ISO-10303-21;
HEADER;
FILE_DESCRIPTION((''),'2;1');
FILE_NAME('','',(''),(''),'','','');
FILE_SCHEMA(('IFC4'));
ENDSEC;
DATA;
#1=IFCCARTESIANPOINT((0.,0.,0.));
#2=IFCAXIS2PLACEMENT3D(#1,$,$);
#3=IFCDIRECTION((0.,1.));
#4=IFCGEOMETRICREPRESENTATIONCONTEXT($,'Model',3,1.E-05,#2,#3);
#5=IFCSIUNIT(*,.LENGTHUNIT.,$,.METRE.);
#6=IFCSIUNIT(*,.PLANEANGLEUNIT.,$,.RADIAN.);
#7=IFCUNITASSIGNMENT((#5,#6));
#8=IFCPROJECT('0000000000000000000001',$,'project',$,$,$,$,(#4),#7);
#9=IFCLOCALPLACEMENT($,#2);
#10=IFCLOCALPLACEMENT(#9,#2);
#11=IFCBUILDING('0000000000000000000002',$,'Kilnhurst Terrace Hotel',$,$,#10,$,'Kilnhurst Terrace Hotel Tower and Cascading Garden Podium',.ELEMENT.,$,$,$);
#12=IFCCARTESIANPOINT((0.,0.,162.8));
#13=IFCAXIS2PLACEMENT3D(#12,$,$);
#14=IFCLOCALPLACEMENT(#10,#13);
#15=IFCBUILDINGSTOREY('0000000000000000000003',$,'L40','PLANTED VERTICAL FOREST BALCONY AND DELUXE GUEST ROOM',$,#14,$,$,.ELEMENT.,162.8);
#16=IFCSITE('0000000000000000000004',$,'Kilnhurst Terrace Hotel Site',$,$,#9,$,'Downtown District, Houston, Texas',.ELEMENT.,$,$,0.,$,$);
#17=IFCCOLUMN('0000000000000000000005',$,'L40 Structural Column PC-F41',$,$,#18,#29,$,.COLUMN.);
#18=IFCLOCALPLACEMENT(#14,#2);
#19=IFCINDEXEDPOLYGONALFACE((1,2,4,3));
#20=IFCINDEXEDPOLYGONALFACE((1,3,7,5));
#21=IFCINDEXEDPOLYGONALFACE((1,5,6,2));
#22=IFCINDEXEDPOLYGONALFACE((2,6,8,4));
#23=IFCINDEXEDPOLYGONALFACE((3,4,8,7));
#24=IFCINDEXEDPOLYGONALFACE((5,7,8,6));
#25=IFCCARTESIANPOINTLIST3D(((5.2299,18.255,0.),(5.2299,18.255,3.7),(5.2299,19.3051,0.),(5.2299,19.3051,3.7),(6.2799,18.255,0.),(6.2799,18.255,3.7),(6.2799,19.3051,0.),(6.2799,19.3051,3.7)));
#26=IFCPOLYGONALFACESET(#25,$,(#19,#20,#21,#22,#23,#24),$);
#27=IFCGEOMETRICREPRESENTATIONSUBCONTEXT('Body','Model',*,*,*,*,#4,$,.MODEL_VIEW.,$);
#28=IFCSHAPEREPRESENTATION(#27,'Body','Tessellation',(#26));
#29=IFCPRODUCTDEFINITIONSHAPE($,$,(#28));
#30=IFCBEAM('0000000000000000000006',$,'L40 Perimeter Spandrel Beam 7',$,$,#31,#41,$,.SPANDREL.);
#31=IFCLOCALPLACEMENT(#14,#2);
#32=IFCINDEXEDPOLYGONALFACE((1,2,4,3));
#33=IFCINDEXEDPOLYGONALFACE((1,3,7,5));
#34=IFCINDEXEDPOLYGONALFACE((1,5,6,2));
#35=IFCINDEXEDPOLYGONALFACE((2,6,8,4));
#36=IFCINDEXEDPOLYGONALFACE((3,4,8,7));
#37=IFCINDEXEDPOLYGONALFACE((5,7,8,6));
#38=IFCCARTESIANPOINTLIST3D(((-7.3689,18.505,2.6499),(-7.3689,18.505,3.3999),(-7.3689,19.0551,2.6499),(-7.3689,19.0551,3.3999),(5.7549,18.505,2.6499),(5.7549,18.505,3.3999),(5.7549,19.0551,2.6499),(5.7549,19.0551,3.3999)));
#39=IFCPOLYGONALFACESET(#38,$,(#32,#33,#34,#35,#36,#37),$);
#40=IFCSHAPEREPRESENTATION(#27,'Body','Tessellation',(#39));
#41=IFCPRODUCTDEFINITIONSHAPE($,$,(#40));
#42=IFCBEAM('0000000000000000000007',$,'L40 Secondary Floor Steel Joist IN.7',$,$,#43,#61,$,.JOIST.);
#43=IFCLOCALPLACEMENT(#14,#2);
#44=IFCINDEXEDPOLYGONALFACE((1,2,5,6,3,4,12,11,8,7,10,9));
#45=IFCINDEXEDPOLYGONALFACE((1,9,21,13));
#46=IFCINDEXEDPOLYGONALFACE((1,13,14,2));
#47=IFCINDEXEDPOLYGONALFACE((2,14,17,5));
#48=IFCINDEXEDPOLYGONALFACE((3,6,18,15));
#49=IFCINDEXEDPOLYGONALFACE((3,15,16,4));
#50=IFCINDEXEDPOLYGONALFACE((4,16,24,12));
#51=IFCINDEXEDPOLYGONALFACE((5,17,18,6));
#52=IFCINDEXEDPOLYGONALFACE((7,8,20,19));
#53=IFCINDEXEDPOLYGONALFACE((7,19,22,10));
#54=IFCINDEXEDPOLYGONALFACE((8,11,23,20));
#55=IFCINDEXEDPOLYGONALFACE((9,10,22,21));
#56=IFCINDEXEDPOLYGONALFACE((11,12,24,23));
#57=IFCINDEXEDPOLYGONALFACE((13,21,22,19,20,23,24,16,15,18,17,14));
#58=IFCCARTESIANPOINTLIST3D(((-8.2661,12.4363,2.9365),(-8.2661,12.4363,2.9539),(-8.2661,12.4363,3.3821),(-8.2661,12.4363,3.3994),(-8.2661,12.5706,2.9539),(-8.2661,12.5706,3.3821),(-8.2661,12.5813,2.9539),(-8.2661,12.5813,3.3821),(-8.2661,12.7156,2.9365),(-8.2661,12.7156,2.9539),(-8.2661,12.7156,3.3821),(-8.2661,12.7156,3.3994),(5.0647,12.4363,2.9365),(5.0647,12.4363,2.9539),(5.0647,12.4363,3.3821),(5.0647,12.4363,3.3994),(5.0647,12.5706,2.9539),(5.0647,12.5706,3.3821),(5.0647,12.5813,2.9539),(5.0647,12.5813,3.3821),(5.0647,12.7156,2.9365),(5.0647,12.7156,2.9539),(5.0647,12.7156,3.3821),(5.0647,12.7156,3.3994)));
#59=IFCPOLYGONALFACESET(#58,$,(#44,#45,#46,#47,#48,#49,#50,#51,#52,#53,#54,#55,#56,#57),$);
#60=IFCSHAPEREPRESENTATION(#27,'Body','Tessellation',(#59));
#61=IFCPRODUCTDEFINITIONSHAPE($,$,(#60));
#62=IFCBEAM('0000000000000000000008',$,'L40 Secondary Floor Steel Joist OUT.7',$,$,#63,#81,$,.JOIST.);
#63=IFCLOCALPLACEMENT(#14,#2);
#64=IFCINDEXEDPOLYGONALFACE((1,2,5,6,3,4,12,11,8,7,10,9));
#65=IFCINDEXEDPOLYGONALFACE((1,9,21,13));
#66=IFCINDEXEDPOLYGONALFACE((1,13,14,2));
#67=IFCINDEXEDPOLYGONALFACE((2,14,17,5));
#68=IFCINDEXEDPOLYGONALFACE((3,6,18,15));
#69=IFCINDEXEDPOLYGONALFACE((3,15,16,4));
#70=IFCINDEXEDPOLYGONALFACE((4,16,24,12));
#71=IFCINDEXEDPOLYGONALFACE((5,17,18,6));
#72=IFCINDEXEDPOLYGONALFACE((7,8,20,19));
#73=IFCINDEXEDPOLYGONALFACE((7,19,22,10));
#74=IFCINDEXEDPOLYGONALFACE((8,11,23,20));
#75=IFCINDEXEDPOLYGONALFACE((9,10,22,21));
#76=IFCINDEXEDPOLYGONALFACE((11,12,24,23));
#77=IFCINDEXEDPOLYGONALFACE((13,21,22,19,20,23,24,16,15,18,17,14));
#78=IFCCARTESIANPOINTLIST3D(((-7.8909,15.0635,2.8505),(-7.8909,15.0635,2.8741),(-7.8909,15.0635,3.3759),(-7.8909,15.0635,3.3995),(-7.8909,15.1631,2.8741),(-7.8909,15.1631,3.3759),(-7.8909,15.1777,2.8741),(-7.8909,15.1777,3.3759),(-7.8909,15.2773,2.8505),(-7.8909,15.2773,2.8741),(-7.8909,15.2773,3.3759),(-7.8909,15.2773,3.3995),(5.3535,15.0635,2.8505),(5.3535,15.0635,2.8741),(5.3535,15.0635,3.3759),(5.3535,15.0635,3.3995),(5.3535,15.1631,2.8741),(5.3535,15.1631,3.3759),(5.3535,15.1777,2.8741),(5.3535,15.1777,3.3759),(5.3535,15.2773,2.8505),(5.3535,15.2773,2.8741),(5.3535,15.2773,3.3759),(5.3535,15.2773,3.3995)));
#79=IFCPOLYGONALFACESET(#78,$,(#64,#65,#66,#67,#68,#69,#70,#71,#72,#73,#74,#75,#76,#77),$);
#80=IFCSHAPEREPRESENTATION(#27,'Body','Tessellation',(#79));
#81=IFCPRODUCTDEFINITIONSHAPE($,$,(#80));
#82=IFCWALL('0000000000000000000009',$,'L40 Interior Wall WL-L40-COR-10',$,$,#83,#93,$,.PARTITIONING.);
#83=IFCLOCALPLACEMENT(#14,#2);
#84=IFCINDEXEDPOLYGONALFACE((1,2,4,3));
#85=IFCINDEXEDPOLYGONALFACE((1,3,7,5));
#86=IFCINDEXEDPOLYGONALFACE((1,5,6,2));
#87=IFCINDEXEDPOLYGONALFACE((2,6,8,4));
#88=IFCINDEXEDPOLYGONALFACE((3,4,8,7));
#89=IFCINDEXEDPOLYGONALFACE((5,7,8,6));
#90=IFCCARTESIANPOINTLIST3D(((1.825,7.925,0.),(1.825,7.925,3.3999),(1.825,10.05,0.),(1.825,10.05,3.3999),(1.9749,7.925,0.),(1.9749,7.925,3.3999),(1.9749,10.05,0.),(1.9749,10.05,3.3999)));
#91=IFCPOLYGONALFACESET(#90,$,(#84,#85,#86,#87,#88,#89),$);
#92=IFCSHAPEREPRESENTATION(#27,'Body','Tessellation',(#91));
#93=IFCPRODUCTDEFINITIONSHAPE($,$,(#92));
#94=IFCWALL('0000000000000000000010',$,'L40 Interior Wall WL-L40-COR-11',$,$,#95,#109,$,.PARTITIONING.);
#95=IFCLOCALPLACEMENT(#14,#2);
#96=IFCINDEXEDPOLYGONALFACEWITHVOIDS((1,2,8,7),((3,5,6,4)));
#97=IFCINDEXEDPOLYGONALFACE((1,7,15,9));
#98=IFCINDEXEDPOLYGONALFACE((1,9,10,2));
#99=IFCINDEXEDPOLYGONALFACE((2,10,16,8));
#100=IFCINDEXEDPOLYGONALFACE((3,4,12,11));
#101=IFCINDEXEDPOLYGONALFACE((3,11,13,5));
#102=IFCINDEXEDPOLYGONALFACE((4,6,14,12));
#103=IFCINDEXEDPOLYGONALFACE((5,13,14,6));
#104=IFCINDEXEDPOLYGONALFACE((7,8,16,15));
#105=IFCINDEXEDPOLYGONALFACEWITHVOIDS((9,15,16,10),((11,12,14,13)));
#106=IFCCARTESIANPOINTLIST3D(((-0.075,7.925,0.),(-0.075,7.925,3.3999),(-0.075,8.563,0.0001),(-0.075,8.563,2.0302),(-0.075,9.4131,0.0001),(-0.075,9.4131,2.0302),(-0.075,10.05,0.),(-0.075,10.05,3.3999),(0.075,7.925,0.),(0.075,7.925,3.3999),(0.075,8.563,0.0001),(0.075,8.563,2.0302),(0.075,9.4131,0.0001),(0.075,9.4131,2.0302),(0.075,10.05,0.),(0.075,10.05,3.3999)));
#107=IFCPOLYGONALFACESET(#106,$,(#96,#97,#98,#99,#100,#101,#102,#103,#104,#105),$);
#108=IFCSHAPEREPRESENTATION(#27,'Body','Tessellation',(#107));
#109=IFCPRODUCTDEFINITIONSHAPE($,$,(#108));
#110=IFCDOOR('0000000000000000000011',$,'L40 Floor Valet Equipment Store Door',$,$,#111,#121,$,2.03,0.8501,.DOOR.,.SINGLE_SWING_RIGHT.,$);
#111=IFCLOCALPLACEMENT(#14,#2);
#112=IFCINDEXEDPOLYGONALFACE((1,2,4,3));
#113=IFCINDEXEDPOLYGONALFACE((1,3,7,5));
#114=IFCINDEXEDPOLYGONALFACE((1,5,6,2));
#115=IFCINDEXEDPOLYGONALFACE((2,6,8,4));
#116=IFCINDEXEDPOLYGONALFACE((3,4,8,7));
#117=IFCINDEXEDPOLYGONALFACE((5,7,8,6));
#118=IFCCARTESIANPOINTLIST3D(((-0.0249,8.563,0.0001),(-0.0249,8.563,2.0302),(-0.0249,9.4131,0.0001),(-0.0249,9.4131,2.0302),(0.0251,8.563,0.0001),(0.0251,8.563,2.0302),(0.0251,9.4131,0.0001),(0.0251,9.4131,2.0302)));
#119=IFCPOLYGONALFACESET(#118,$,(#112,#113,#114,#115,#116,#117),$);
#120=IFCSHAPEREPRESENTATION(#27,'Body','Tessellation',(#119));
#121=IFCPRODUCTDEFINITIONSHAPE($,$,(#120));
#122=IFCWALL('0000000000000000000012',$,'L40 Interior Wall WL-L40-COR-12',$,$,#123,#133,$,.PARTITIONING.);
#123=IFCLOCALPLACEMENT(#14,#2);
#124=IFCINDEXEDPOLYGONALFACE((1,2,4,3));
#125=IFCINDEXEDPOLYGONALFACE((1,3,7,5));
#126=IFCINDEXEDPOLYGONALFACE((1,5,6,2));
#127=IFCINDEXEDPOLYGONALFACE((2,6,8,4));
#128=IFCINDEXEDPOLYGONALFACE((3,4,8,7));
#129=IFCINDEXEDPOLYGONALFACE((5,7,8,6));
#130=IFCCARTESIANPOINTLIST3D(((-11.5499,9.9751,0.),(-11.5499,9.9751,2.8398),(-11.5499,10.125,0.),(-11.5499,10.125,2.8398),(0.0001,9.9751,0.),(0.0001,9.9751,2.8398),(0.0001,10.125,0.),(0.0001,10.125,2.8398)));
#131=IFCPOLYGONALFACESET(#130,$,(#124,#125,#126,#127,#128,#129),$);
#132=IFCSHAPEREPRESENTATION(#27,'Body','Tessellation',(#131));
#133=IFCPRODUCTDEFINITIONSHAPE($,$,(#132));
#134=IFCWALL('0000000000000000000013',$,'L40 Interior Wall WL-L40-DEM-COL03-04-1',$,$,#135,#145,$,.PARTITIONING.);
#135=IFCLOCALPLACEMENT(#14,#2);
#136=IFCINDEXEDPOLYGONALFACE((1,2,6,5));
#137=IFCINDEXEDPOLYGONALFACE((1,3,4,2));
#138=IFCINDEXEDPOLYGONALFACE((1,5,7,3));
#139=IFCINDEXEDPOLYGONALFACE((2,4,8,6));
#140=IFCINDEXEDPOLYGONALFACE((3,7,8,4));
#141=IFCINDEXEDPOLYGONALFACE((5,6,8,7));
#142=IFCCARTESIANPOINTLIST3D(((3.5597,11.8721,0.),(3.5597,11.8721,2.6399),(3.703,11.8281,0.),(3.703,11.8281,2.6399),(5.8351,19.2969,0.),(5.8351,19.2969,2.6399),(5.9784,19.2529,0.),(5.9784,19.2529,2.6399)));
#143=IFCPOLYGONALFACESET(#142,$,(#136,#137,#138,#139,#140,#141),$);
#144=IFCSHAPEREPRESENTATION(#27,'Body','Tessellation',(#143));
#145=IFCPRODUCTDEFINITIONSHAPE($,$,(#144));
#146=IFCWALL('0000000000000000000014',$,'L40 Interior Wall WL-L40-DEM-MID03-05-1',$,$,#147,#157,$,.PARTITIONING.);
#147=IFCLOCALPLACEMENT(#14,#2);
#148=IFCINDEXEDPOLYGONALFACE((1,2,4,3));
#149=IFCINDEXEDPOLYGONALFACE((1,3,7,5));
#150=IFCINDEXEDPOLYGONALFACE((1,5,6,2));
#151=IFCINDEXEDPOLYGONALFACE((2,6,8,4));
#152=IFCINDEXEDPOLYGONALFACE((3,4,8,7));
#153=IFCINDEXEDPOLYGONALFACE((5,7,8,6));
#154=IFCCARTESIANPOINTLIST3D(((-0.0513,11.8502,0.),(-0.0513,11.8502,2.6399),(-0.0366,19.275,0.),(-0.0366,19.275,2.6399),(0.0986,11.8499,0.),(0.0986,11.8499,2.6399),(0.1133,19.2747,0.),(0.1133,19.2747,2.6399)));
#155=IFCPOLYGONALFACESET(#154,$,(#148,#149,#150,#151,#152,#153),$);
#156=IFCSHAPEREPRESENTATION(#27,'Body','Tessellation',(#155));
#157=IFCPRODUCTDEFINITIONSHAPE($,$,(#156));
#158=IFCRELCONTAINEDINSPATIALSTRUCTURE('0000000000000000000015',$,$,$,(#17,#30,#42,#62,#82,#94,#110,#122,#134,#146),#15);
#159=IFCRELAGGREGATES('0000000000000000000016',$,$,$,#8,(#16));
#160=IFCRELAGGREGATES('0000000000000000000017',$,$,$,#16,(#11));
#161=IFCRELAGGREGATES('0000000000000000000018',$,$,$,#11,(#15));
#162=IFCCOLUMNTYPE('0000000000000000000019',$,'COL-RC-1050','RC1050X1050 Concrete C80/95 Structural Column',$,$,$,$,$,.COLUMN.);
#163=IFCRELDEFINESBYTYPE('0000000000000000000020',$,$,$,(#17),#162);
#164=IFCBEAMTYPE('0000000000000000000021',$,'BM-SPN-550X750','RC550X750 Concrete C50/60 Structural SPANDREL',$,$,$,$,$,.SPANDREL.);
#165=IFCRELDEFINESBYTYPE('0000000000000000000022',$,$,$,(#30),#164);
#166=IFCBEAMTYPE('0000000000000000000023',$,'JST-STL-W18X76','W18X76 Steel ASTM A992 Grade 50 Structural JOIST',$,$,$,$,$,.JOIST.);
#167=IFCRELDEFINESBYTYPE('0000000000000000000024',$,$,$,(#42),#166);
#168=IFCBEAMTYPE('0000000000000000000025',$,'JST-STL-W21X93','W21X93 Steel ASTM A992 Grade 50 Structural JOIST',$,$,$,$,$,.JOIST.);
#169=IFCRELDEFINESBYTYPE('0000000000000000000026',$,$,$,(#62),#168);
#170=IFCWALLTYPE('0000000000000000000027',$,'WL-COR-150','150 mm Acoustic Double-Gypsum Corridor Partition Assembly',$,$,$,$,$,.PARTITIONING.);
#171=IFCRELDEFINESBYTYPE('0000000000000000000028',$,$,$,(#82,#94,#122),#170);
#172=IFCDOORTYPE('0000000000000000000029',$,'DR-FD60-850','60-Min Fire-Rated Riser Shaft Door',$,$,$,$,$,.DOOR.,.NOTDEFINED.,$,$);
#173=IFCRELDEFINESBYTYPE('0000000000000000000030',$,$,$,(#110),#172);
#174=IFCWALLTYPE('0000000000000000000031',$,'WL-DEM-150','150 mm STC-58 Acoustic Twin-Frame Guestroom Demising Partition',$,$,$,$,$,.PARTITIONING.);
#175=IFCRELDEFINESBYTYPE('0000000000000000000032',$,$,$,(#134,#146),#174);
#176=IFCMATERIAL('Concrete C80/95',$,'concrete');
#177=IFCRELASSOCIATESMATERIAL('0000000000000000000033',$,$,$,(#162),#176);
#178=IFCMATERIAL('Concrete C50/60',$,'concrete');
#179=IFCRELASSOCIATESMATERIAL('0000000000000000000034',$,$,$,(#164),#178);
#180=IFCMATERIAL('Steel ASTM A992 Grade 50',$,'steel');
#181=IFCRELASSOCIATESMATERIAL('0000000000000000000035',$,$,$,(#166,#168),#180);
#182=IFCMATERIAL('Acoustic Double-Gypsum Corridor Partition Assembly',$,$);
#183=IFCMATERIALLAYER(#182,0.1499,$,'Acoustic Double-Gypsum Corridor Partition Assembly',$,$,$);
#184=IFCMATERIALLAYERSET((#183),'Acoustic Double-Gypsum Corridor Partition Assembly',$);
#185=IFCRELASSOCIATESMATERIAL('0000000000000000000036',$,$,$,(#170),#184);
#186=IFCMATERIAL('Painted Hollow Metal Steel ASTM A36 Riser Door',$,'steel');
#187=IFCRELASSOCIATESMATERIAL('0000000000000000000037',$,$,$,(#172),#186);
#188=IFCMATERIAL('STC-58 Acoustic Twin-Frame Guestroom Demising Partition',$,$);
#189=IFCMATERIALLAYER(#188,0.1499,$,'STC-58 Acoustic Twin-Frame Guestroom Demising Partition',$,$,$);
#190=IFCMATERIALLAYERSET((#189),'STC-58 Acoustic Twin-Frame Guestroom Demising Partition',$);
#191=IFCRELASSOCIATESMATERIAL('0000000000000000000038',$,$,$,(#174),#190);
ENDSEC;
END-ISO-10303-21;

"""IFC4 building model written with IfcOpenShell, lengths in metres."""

from ifc_helpers import new_model, si_unit, direction, frame, frame_2d, origin, origin_2d, place, context, subcontext, project, spatial, rectangle, i_section, extrude, material, layer, layer_set, material_profile, profile_set, type_object, element, fill, save


model = new_model("IFC4")

# Units and contexts
model_context = context("Model", 3, precision=1e-05, world=origin(), true_north=direction((0.0, 1.0)))
body_context = subcontext(model_context, "Body", "Model", "MODEL_VIEW")
ifc_project = project(units=[si_unit("LENGTHUNIT", "METRE"), si_unit("PLANEANGLEUNIT", "RADIAN")], contexts=[model_context])

# Site, building, storey
site_placement = place(None, origin())
site = spatial("IfcSite", under=ifc_project, at=site_placement, Name="Kilnhurst Terrace Hotel Site", LongName="Downtown District, Houston, Texas", CompositionType="ELEMENT", RefElevation=0.0)
building_placement = place(site_placement, origin())
building = spatial("IfcBuilding", under=site, at=building_placement, Name="Kilnhurst Terrace Hotel", LongName="Kilnhurst Terrace Hotel Tower and Cascading Garden Podium", CompositionType="ELEMENT")
storey_placement = place(building_placement, frame((0.0, 0.0, 162.8)))
storey = spatial("IfcBuildingStorey", under=building, at=storey_placement, Name="L40", Description="PLANTED VERTICAL FOREST BALCONY AND DELUXE GUEST ROOM", CompositionType="ELEMENT", Elevation=162.8)

# Column
ifc_material_1 = material(Name="Concrete C80/95", Category="concrete")
ifc_material_profile_1 = material_profile(ifc_material_1, rectangle(XDim=1.05, YDim=1.05, at=origin_2d()), Name="RC1050X1050")
ifc_profile_set_1 = profile_set([ifc_material_profile_1], Name="Concrete C80/95")
column_type = type_object("IfcColumnType", Name="COL-RC-1050", Description="RC1050X1050 Concrete C80/95 Structural Column", PredefinedType="COLUMN", material=ifc_profile_set_1)
column_placement = place(storey_placement, frame((5.7549, 18.78, 0.0), z_axis=(0.0, 0.0, 1.0), x_axis=(1.0, 0.0, 0.0)))
element("IfcColumn", 1, at=column_placement, inside=storey, type_object=column_type, Name="L40 Structural Column PC-F41", PredefinedType="COLUMN", context=body_context, shape_type="SweptSolid", body=[
    extrude(rectangle(XDim=1.05, YDim=1.05, at=origin_2d()), origin(), (0.0, 0.0, 1.0), 3.7),
])

# Beams
ifc_material_2 = material(Name="Concrete C50/60", Category="concrete")
ifc_material_profile_2 = material_profile(ifc_material_2, rectangle(XDim=0.55, YDim=0.75, at=origin_2d()), Name="RC550X750")
ifc_profile_set_2 = profile_set([ifc_material_profile_2], Name="Concrete C50/60")
beam_type_1 = type_object("IfcBeamType", Name="BM-SPN-550X750", Description="RC550X750 Concrete C50/60 Structural SPANDREL", PredefinedType="SPANDREL", material=ifc_profile_set_2)
beam_1_placement = place(storey_placement, frame((5.7549, 18.78, 3.0249), z_axis=(-1.0, 0.0, 0.0), x_axis=(0.0, -1.0, 0.0)))
element("IfcBeam", 2, at=beam_1_placement, inside=storey, type_object=beam_type_1, Name="L40 Perimeter Spandrel Beam 7", PredefinedType="SPANDREL", context=body_context, shape_type="SweptSolid", body=[
    extrude(rectangle(XDim=0.55, YDim=0.75, at=origin_2d()), origin(), (0.0, 0.0, 1.0), 13.1238),
])
ifc_material_3 = material(Name="Steel ASTM A992 Grade 50", Category="steel")
ifc_material_profile_3 = material_profile(ifc_material_3, i_section(OverallWidth=0.2793, OverallDepth=0.4629, WebThickness=0.0107, FlangeThickness=0.0173, at=origin_2d()), Name="W18X76")
ifc_profile_set_3 = profile_set([ifc_material_profile_3], Name="Steel ASTM A992 Grade 50")
beam_type_2 = type_object("IfcBeamType", Name="JST-STL-W18X76", Description="W18X76 Steel ASTM A992 Grade 50 Structural JOIST", PredefinedType="JOIST", material=ifc_profile_set_3)
beam_2_placement = place(storey_placement, frame((5.0647, 12.5759, 3.168), z_axis=(-1.0, 0.0, 0.0), x_axis=(0.0, -1.0, 0.0)))
element("IfcBeam", 3, at=beam_2_placement, inside=storey, type_object=beam_type_2, Name="L40 Secondary Floor Steel Joist IN.7", PredefinedType="JOIST", context=body_context, shape_type="SweptSolid", body=[
    extrude(i_section(OverallWidth=0.2793, OverallDepth=0.4629, WebThickness=0.0107, FlangeThickness=0.0173, at=origin_2d()), origin(), (0.0, 0.0, 1.0), 13.3308),
])
ifc_material_profile_4 = material_profile(ifc_material_3, i_section(OverallWidth=0.2139, OverallDepth=0.5491, WebThickness=0.0146, FlangeThickness=0.0237, at=origin_2d()), Name="W21X93")
ifc_profile_set_4 = profile_set([ifc_material_profile_4], Name="Steel ASTM A992 Grade 50")
beam_type_3 = type_object("IfcBeamType", Name="JST-STL-W21X93", Description="W21X93 Steel ASTM A992 Grade 50 Structural JOIST", PredefinedType="JOIST", material=ifc_profile_set_4)
beam_3_placement = place(storey_placement, frame((5.3535, 15.1704, 3.125), z_axis=(-1.0, 0.0, 0.0), x_axis=(0.0, -1.0, 0.0)))
element("IfcBeam", 4, at=beam_3_placement, inside=storey, type_object=beam_type_3, Name="L40 Secondary Floor Steel Joist OUT.7", PredefinedType="JOIST", context=body_context, shape_type="SweptSolid", body=[
    extrude(i_section(OverallWidth=0.2139, OverallDepth=0.5491, WebThickness=0.0146, FlangeThickness=0.0237, at=origin_2d()), origin(), (0.0, 0.0, 1.0), 13.2444),
])

# Wall
ifc_material_4 = material(Name="Acoustic Double-Gypsum Corridor Partition Assembly")
ifc_layer_1 = layer(ifc_material_4, 0.1499, Name="Acoustic Double-Gypsum Corridor Partition Assembly")
ifc_layer_set_1 = layer_set([ifc_layer_1], Name="Acoustic Double-Gypsum Corridor Partition Assembly")
wall_type_1 = type_object("IfcWallType", Name="WL-COR-150", Description="150 mm Acoustic Double-Gypsum Corridor Partition Assembly", PredefinedType="PARTITIONING", material=ifc_layer_set_1)
wall_1_placement = place(storey_placement, frame((1.8999, 10.05, 0.0), z_axis=(0.0, 0.0, 1.0), x_axis=(0.0, -1.0, 0.0)))
element("IfcWall", 5, at=wall_1_placement, inside=storey, type_object=wall_type_1, Name="L40 Interior Wall WL-L40-COR-10", PredefinedType="PARTITIONING", context=body_context, shape_type="SweptSolid", body=[
    extrude(rectangle(XDim=2.125, YDim=0.1499, at=frame_2d((1.0625, 0.0))), origin(), (0.0, 0.0, 1.0), 3.3999),
])

# Wall, opening, door
wall_2_placement = place(storey_placement, frame((0.0, 7.925, 0.0), z_axis=(0.0, 0.0, 1.0), x_axis=(0.0, 1.0, 0.0)))
wall_2 = element("IfcWall", 6, at=wall_2_placement, inside=storey, type_object=wall_type_1, Name="L40 Interior Wall WL-L40-COR-11", PredefinedType="PARTITIONING", context=body_context, shape_type="SweptSolid", body=[
    extrude(rectangle(XDim=2.125, YDim=0.1499, at=frame_2d((1.0625, 0.0))), origin(), (0.0, 0.0, 1.0), 3.3999),
])
opening_1_placement = place(wall_2_placement, frame((0.6379, 0.0, 0.0)))
opening_1 = element("IfcOpeningElement", 7, at=opening_1_placement, cuts=wall_2, PredefinedType="OPENING", context=body_context, shape_type="SweptSolid", body=[
    extrude(rectangle(XDim=0.8501, YDim=2.03, at=frame_2d((0.425, 1.0151))), frame((0.0, 0.085, 0.0), z_axis=(0.0, -1.0, 0.0), x_axis=(1.0, 0.0, 0.0)), (0.0, 0.0, 1.0), 0.1699),
])
ifc_material_5 = material(Name="Painted Hollow Metal Steel ASTM A36 Riser Door", Category="steel")
door_type_1 = type_object("IfcDoorType", Name="DR-FD60-850", Description="60-Min Fire-Rated Riser Shaft Door", OperationType="NOTDEFINED", PredefinedType="DOOR", material=ifc_material_5)
door_1_placement = place(opening_1_placement, origin())
door_1 = element("IfcDoor", 8, at=door_1_placement, inside=storey, type_object=door_type_1, Name="L40 Floor Valet Equipment Store Door", OperationType="SINGLE_SWING_RIGHT", OverallHeight=2.03, OverallWidth=0.8501, PredefinedType="DOOR", context=body_context, shape_type="SweptSolid", body=[
    extrude(rectangle(XDim=0.8501, YDim=2.03, at=frame_2d((0.425, 1.0151))), frame((0.0, 0.0249, 0.0), z_axis=(0.0, -1.0, 0.0), x_axis=(1.0, 0.0, 0.0)), (0.0, 0.0, 1.0), 0.05),
])
fill(opening_1, door_1)

# Walls
wall_3_placement = place(storey_placement, frame((0.0, 10.05, 0.0), z_axis=(0.0, 0.0, 1.0), x_axis=(-1.0, 0.0, 0.0)))
element("IfcWall", 9, at=wall_3_placement, inside=storey, type_object=wall_type_1, Name="L40 Interior Wall WL-L40-COR-12", PredefinedType="PARTITIONING", context=body_context, shape_type="SweptSolid", body=[
    extrude(rectangle(XDim=11.55, YDim=0.1499, at=frame_2d((5.7749, 0.0))), origin(), (0.0, 0.0, 1.0), 2.8398),
])
ifc_material_6 = material(Name="STC-58 Acoustic Twin-Frame Guestroom Demising Partition")
ifc_layer_2 = layer(ifc_material_6, 0.1499, Name="STC-58 Acoustic Twin-Frame Guestroom Demising Partition")
ifc_layer_set_2 = layer_set([ifc_layer_2], Name="STC-58 Acoustic Twin-Frame Guestroom Demising Partition")
wall_type_2 = type_object("IfcWallType", Name="WL-DEM-150", Description="150 mm STC-58 Acoustic Twin-Frame Guestroom Demising Partition", PredefinedType="PARTITIONING", material=ifc_layer_set_2)
wall_4_placement = place(storey_placement, frame((3.6313, 11.8501, 0.0), z_axis=(0.0, 0.0, 1.0), x_axis=(0.293008, 0.95611, 0.0)))
element("IfcWall", 10, at=wall_4_placement, inside=storey, type_object=wall_type_2, Name="L40 Interior Wall WL-L40-DEM-COL03-04-1", PredefinedType="PARTITIONING", context=body_context, shape_type="SweptSolid", body=[
    extrude(rectangle(XDim=7.7656, YDim=0.1499, at=frame_2d((3.8828, 0.0))), origin(), (0.0, 0.0, 1.0), 2.6399),
])
wall_5_placement = place(storey_placement, frame((0.0237, 11.8501, 0.0), z_axis=(0.0, 0.0, 1.0), x_axis=(0.001973, 0.999998, 0.0)))
element("IfcWall", 11, at=wall_5_placement, inside=storey, type_object=wall_type_2, Name="L40 Interior Wall WL-L40-DEM-MID03-05-1", PredefinedType="PARTITIONING", context=body_context, shape_type="SweptSolid", body=[
    extrude(rectangle(XDim=7.4248, YDim=0.1499, at=frame_2d((3.7124, 0.0))), origin(), (0.0, 0.0, 1.0), 2.6399),
])

save(model, "model.ifc")
